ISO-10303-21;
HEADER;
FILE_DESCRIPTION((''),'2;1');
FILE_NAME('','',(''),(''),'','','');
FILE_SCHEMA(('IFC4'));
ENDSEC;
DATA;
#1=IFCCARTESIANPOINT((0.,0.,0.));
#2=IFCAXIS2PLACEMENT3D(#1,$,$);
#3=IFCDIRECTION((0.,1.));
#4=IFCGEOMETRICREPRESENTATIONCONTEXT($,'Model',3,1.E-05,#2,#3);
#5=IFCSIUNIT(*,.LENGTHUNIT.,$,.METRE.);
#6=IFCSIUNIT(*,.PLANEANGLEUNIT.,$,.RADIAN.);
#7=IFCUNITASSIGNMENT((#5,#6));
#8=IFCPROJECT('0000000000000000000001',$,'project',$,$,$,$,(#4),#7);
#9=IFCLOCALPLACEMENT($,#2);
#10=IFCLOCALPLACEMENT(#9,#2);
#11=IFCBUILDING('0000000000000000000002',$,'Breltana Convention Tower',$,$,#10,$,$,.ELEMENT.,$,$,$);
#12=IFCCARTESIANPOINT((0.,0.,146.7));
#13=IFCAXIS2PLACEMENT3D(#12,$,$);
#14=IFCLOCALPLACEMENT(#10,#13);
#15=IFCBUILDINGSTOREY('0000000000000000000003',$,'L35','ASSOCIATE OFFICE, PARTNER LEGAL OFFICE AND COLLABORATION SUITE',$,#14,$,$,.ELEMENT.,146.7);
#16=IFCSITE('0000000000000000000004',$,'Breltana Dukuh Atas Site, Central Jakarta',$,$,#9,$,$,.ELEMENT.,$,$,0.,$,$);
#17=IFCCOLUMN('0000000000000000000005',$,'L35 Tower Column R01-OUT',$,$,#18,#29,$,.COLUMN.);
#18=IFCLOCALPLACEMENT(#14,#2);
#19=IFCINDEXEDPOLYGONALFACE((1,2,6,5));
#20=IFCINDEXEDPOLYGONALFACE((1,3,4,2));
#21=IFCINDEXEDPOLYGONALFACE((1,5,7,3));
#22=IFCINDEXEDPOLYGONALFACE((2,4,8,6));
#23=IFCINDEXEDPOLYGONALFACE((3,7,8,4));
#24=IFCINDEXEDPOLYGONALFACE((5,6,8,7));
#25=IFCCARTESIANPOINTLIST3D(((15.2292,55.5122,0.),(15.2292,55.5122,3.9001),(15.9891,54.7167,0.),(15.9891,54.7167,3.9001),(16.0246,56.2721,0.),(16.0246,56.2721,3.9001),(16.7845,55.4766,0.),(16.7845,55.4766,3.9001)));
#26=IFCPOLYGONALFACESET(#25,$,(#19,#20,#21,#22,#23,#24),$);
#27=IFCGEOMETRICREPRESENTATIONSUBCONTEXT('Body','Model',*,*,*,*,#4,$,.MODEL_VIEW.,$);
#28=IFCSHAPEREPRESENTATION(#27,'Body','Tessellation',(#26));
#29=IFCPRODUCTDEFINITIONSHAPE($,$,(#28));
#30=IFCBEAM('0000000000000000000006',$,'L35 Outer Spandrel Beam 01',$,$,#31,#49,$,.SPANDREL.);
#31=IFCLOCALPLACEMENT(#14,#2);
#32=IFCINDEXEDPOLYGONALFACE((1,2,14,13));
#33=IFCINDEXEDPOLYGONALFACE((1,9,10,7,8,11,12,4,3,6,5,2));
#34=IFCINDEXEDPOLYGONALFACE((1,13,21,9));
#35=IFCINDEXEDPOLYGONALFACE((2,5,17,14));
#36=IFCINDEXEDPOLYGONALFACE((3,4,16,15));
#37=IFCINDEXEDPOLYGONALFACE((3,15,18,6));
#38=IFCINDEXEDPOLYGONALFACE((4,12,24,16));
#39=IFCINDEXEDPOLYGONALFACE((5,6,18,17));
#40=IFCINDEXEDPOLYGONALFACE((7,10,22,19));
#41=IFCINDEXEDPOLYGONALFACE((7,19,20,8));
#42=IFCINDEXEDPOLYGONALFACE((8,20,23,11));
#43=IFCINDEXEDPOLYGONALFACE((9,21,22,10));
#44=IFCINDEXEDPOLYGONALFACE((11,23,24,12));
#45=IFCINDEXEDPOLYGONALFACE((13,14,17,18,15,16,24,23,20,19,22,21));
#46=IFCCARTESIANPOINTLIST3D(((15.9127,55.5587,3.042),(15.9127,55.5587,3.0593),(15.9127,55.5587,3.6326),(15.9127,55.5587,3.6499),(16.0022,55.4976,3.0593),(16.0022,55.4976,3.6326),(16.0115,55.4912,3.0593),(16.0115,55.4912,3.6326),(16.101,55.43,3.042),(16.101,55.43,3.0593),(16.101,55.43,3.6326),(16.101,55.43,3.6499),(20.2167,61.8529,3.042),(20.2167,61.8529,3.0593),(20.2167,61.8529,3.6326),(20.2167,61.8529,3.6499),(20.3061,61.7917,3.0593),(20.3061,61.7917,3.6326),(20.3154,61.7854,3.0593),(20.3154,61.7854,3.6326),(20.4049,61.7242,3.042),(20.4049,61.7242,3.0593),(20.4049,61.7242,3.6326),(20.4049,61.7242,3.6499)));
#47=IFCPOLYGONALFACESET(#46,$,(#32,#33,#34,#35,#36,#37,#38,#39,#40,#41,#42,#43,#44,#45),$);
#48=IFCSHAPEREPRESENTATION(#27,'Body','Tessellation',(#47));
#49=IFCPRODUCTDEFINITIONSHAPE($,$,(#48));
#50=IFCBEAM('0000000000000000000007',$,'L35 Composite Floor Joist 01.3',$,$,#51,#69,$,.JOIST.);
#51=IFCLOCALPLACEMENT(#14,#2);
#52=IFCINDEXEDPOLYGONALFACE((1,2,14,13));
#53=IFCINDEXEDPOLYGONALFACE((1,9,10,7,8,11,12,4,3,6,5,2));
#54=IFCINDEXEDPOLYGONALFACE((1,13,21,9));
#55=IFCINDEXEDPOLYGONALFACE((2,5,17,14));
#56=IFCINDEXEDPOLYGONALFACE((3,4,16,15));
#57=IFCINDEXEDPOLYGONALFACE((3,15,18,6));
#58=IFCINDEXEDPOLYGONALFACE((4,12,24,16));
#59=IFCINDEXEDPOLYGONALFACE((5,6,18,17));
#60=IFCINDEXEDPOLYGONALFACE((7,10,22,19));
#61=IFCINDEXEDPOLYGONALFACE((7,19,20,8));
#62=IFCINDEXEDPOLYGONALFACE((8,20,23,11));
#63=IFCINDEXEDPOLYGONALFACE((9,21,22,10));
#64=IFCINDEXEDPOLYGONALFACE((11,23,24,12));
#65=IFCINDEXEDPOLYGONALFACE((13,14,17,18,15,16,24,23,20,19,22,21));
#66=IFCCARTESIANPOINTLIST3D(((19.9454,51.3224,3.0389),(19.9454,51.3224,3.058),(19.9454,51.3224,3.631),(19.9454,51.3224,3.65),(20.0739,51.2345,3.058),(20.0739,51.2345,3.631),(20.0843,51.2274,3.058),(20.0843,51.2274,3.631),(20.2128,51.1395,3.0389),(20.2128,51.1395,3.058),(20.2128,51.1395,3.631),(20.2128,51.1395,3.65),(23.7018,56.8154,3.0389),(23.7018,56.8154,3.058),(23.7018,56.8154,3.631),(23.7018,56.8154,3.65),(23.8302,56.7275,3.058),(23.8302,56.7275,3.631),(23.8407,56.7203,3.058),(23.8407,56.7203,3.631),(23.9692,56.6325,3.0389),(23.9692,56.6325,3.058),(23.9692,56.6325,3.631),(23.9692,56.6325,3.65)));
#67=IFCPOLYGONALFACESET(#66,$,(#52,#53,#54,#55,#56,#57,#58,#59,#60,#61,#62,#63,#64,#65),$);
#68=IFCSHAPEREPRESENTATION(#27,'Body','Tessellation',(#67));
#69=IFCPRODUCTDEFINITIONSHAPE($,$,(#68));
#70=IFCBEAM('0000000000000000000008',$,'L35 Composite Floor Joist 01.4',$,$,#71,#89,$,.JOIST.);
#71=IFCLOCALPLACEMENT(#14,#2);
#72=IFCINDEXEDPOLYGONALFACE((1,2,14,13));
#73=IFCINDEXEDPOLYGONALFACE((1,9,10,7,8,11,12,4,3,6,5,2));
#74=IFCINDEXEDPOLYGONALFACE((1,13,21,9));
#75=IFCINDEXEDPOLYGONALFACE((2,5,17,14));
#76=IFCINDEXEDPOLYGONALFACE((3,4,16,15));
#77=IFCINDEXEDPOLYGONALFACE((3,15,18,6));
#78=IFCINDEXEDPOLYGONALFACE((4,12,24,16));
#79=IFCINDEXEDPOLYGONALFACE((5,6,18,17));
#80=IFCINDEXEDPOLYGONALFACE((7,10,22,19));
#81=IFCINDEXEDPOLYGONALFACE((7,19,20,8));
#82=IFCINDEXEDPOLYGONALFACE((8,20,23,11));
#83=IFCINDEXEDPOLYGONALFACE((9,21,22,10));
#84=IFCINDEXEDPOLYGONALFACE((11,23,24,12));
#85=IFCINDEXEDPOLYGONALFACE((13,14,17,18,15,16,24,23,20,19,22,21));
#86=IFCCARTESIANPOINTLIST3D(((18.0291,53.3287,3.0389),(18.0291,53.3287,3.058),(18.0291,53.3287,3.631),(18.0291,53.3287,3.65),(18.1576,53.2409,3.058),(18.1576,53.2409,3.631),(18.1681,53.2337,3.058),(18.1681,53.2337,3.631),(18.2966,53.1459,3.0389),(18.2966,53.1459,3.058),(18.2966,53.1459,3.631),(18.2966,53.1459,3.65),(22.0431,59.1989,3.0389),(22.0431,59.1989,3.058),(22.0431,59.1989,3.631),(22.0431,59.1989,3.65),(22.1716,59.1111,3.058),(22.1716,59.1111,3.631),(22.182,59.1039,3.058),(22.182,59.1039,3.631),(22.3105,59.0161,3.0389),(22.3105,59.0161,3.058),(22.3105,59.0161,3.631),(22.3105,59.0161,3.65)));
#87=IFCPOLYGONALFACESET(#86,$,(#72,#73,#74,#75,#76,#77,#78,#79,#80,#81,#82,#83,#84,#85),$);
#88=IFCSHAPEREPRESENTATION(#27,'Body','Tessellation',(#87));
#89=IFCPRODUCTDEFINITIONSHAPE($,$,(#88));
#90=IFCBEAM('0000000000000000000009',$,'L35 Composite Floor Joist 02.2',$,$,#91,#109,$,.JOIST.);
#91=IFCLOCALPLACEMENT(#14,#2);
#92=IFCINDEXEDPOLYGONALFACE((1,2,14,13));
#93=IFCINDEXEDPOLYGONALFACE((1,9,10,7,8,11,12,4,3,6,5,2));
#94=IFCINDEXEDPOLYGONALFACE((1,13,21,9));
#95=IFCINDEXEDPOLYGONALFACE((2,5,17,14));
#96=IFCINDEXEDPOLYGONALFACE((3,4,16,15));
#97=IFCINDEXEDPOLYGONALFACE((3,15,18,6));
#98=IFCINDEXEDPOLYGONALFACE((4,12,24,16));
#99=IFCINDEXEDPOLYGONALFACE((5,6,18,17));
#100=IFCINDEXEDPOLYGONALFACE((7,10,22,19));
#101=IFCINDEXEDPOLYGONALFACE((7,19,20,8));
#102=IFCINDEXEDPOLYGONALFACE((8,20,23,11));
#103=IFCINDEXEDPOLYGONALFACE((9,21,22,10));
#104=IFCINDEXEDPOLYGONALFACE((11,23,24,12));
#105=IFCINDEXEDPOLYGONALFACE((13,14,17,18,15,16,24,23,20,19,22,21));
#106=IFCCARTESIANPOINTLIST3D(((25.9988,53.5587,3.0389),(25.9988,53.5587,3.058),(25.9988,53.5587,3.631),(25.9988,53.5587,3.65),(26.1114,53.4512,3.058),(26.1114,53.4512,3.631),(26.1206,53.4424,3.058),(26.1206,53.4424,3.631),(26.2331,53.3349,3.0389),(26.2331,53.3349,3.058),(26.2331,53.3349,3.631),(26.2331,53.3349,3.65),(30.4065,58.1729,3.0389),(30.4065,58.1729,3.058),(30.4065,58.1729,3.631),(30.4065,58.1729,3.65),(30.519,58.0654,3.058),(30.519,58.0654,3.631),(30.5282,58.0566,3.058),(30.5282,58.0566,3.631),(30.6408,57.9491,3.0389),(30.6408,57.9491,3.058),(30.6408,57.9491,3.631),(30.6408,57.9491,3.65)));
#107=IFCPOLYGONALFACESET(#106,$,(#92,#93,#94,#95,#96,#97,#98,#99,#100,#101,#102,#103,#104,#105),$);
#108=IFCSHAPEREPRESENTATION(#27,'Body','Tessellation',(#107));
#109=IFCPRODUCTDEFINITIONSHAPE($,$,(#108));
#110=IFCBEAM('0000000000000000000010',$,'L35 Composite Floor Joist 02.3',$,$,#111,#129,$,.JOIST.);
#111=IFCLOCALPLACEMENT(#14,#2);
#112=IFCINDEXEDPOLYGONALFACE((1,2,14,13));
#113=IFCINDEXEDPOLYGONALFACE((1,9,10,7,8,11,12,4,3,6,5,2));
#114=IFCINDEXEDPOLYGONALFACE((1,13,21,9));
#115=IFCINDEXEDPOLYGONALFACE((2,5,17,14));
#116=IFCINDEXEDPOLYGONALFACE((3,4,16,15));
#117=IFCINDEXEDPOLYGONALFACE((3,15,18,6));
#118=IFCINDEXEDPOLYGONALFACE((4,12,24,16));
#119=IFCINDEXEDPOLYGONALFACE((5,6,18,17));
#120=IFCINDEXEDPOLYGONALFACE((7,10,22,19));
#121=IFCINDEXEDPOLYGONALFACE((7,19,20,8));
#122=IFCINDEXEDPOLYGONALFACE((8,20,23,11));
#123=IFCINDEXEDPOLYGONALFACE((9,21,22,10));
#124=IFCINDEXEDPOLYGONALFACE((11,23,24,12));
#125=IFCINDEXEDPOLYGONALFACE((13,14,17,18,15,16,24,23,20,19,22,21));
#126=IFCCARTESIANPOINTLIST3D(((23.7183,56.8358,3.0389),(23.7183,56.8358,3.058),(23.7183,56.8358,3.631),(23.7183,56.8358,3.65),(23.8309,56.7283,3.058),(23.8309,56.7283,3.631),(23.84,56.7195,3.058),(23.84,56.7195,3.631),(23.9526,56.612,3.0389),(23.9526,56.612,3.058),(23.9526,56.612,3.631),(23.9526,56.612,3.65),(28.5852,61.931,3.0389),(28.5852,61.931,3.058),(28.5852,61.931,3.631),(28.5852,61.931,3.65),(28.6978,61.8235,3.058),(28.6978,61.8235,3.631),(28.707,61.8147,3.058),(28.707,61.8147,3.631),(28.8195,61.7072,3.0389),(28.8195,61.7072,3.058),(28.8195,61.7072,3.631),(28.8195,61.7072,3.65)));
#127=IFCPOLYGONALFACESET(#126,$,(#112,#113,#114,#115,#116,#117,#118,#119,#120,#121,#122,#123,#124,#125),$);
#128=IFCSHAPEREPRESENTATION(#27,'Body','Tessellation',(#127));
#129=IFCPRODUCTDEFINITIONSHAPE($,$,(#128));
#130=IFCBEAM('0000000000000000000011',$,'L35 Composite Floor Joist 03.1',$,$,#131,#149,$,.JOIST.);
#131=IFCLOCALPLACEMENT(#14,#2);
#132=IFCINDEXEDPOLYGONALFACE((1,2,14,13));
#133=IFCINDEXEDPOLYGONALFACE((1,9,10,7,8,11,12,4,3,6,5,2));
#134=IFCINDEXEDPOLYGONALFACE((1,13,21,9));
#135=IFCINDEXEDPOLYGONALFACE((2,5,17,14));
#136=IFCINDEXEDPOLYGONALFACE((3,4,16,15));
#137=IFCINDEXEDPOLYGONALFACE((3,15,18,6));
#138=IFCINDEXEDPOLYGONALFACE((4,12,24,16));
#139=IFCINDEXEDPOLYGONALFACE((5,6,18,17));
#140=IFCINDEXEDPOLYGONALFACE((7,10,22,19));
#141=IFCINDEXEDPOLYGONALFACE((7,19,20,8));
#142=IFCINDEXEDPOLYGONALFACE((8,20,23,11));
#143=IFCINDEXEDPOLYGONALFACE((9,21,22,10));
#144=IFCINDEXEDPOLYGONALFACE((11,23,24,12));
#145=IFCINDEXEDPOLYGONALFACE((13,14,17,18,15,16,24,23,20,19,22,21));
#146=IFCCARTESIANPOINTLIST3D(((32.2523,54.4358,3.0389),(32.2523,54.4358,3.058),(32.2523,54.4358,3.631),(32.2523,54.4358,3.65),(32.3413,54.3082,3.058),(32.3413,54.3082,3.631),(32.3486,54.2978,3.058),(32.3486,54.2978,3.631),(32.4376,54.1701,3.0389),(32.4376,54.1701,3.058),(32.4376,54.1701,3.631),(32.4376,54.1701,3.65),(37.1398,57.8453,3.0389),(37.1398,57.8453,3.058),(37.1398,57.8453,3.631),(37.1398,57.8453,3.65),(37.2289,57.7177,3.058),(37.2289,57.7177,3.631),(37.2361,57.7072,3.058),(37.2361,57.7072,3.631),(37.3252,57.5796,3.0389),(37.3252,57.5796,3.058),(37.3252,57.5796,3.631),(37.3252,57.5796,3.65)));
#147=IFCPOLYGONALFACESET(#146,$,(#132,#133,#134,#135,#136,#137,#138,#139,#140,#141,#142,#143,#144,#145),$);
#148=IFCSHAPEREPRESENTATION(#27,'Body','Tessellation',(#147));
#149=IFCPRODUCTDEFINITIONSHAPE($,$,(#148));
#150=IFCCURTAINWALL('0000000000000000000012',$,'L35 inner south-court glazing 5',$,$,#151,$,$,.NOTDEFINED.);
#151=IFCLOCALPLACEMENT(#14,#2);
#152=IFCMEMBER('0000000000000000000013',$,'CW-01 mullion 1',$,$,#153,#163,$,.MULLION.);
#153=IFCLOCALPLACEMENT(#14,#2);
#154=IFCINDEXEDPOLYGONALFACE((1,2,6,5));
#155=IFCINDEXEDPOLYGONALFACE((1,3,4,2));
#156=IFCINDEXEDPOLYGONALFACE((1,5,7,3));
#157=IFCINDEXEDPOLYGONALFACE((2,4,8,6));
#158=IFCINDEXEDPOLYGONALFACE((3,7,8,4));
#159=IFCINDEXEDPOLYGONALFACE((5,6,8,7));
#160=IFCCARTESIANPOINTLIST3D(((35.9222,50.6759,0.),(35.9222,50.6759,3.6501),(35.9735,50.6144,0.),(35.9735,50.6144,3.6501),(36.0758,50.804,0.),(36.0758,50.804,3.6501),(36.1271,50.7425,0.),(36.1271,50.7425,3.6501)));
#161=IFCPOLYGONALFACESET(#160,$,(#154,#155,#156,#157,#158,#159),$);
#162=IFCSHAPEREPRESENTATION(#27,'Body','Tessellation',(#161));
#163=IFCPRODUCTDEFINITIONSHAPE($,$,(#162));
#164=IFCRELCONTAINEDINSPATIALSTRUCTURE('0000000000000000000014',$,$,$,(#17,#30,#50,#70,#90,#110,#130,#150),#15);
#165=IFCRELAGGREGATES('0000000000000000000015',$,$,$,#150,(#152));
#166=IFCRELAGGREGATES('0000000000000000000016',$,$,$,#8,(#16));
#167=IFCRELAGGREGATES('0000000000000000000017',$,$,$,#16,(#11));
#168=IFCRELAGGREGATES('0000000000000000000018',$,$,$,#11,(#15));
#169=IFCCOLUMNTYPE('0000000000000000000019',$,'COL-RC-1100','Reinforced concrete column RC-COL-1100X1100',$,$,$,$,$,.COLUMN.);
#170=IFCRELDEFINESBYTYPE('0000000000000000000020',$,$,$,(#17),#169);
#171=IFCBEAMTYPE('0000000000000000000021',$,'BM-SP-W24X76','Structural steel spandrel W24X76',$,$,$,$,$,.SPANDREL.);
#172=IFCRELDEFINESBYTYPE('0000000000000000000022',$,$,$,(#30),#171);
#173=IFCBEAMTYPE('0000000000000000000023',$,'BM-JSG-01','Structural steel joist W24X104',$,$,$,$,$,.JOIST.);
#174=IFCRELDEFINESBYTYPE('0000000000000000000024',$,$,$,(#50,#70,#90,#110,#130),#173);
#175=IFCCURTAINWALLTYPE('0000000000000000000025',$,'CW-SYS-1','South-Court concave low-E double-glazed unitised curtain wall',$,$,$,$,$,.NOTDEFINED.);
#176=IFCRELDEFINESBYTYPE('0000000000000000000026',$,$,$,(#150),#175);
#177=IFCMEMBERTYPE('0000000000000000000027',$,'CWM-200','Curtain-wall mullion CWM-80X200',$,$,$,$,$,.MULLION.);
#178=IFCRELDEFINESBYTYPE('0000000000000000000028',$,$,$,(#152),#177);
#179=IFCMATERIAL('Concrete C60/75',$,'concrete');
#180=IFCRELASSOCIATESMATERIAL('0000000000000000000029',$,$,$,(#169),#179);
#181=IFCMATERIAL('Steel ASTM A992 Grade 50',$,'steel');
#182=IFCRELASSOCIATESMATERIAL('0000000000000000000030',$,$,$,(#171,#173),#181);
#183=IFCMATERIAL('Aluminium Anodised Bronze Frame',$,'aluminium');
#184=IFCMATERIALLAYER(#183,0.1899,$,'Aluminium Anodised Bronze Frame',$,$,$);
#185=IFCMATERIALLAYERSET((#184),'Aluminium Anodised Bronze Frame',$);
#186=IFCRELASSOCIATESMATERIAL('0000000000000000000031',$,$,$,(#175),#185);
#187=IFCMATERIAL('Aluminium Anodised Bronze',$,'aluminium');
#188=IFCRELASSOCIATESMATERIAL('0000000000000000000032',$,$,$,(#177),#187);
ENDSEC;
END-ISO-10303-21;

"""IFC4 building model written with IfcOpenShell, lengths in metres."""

from ifc_helpers import new_model, si_unit, direction, frame, origin, origin_2d, place, context, subcontext, project, spatial, rectangle, i_section, extrude, source, transform, mapped, material, layer, layer_set, material_profile, profile_set, type_object, type_shapes, element, aggregate, save


model = new_model("IFC4")

# Units and contexts
model_context = context("Model", 3, precision=1e-05, world=origin(), true_north=direction((0.0, 1.0)))
body_context = subcontext(model_context, "Body", "Model", "MODEL_VIEW")
ifc_project = project(units=[si_unit("LENGTHUNIT", "METRE"), si_unit("PLANEANGLEUNIT", "RADIAN")], contexts=[model_context])

# Site, building, storey
site_placement = place(None, origin())
site = spatial("IfcSite", under=ifc_project, at=site_placement, Name="Breltana Dukuh Atas Site, Central Jakarta", CompositionType="ELEMENT", RefElevation=0.0)
building_placement = place(site_placement, origin())
building = spatial("IfcBuilding", under=site, at=building_placement, Name="Breltana Convention Tower", CompositionType="ELEMENT")
storey_placement = place(building_placement, frame((0.0, 0.0, 146.7)))
storey = spatial("IfcBuildingStorey", under=building, at=storey_placement, Name="L35", Description="ASSOCIATE OFFICE, PARTNER LEGAL OFFICE AND COLLABORATION SUITE", CompositionType="ELEMENT", Elevation=146.7)

# Column
ifc_material_1 = material(Name="Concrete C60/75", Category="concrete")
ifc_material_profile_1 = material_profile(ifc_material_1, rectangle(XDim=1.1001, YDim=1.1001, at=origin_2d()), Name="RC-COL-1100X1100")
ifc_profile_set_1 = profile_set([ifc_material_profile_1], Name="Concrete C60/75")
column_type = type_object("IfcColumnType", Name="COL-RC-1100", Description="Reinforced concrete column RC-COL-1100X1100", PredefinedType="COLUMN", material=ifc_profile_set_1)
shared_shape_1 = source(origin(), body_context, "Body", "SweptSolid", [
    extrude(rectangle(XDim=1.1001, YDim=1.1001, at=origin_2d()), origin(), (0.0, 0.0, 1.0), 3.9001),
])
column_placement = place(storey_placement, frame((16.0068, 55.4944, 0.0), z_axis=(0.0, 0.0, 1.0), x_axis=(-0.690756, 0.723088, 0.0)))
element("IfcColumn", 1, at=column_placement, inside=storey, type_object=column_type, Name="L35 Tower Column R01-OUT", PredefinedType="COLUMN", context=body_context, shape_type="MappedRepresentation", body=[
    mapped(shared_shape_1, transform((0.0, 0.0, 0.0), scale=1.0)),
])

# Beams
ifc_material_2 = material(Name="Steel ASTM A992 Grade 50", Category="steel")
ifc_material_profile_2 = material_profile(ifc_material_2, i_section(OverallWidth=0.228, OverallDepth=0.6079, WebThickness=0.0112, FlangeThickness=0.0173, at=origin_2d()), Name="W24X76")
ifc_profile_set_2 = profile_set([ifc_material_profile_2], Name="Steel ASTM A992 Grade 50")
beam_type_1 = type_object("IfcBeamType", Name="BM-SP-W24X76", Description="Structural steel spandrel W24X76", PredefinedType="SPANDREL", material=ifc_profile_set_2)
shared_shape_2 = source(origin(), body_context, "Body", "SweptSolid", [
    extrude(i_section(OverallWidth=0.228, OverallDepth=0.6079, WebThickness=0.0112, FlangeThickness=0.0173, at=origin_2d()), origin(), (0.0, 0.0, 1.0), 7.625),
])
type_shapes(beam_type_1, [shared_shape_2])
beam_1_placement = place(storey_placement, frame((16.0068, 55.4944, 3.3459), z_axis=(0.564452, 0.825466, 0.0), x_axis=(-0.825466, 0.564452, 0.0)))
element("IfcBeam", 2, at=beam_1_placement, inside=storey, type_object=beam_type_1, Name="L35 Outer Spandrel Beam 01", PredefinedType="SPANDREL", context=body_context, shape_type="MappedRepresentation", body=[
    mapped(shared_shape_2, transform((0.0, 0.0, 0.0), scale=1.0)),
])
ifc_material_profile_3 = material_profile(ifc_material_2, i_section(OverallWidth=0.324, OverallDepth=0.6111, WebThickness=0.0127, FlangeThickness=0.019, at=origin_2d()), Name="W24X104")
ifc_profile_set_3 = profile_set([ifc_material_profile_3], Name="Steel ASTM A992 Grade 50")
beam_type_2 = type_object("IfcBeamType", Name="BM-JSG-01", Description="Structural steel joist W24X104", PredefinedType="JOIST", material=ifc_profile_set_3)
shared_shape_3 = source(origin(), body_context, "Body", "SweptSolid", [
    extrude(i_section(OverallWidth=0.324, OverallDepth=0.6111, WebThickness=0.0127, FlangeThickness=0.019, at=origin_2d()), origin(), (0.0, 0.0, 1.0), 6.6545),
])
beam_2_placement = place(storey_placement, frame((20.0791, 51.231, 3.3445), z_axis=(0.564483, 0.825445, 0.0), x_axis=(-0.825445, 0.564483, 0.0)))
element("IfcBeam", 3, at=beam_2_placement, inside=storey, type_object=beam_type_2, Name="L35 Composite Floor Joist 01.3", PredefinedType="JOIST", context=body_context, shape_type="MappedRepresentation", body=[
    mapped(shared_shape_3, transform((0.0, 0.0, 0.0), scale=1.0)),
])
shared_shape_4 = source(origin(), body_context, "Body", "SweptSolid", [
    extrude(i_section(OverallWidth=0.324, OverallDepth=0.6111, WebThickness=0.0127, FlangeThickness=0.019, at=origin_2d()), origin(), (0.0, 0.0, 1.0), 7.1113),
])
beam_3_placement = place(storey_placement, frame((18.1628, 53.2373, 3.3445), z_axis=(0.564446, 0.82547, 0.0), x_axis=(-0.82547, 0.564446, 0.0)))
element("IfcBeam", 4, at=beam_3_placement, inside=storey, type_object=beam_type_2, Name="L35 Composite Floor Joist 01.4", PredefinedType="JOIST", context=body_context, shape_type="MappedRepresentation", body=[
    mapped(shared_shape_4, transform((0.0, 0.0, 0.0), scale=1.0)),
])
shared_shape_5 = source(origin(), body_context, "Body", "SweptSolid", [
    extrude(i_section(OverallWidth=0.324, OverallDepth=0.6111, WebThickness=0.0127, FlangeThickness=0.019, at=origin_2d()), origin(), (0.0, 0.0, 1.0), 6.3811),
])
beam_4_placement = place(storey_placement, frame((26.116, 53.4468, 3.3445), z_axis=(0.690738, 0.723105, 0.0), x_axis=(-0.723105, 0.690738, 0.0)))
element("IfcBeam", 5, at=beam_4_placement, inside=storey, type_object=beam_type_2, Name="L35 Composite Floor Joist 02.2", PredefinedType="JOIST", context=body_context, shape_type="MappedRepresentation", body=[
    mapped(shared_shape_5, transform((0.0, 0.0, 0.0), scale=1.0)),
])
shared_shape_6 = source(origin(), body_context, "Body", "SweptSolid", [
    extrude(i_section(OverallWidth=0.324, OverallDepth=0.6111, WebThickness=0.0127, FlangeThickness=0.019, at=origin_2d()), origin(), (0.0, 0.0, 1.0), 7.0461),
])
beam_5_placement = place(storey_placement, frame((23.8354, 56.7239, 3.3445), z_axis=(0.690723, 0.72312, 0.0), x_axis=(-0.72312, 0.690723, 0.0)))
element("IfcBeam", 6, at=beam_5_placement, inside=storey, type_object=beam_type_2, Name="L35 Composite Floor Joist 02.3", PredefinedType="JOIST", context=body_context, shape_type="MappedRepresentation", body=[
    mapped(shared_shape_6, transform((0.0, 0.0, 0.0), scale=1.0)),
])
shared_shape_7 = source(origin(), body_context, "Body", "SweptSolid", [
    extrude(i_section(OverallWidth=0.324, OverallDepth=0.6111, WebThickness=0.0127, FlangeThickness=0.019, at=origin_2d()), origin(), (0.0, 0.0, 1.0), 5.9592),
])
beam_6_placement = place(storey_placement, frame((32.345, 54.303, 3.3445), z_axis=(0.82016, 0.572134, 0.0), x_axis=(-0.572134, 0.82016, 0.0)))
element("IfcBeam", 7, at=beam_6_placement, inside=storey, type_object=beam_type_2, Name="L35 Composite Floor Joist 03.1", PredefinedType="JOIST", context=body_context, shape_type="MappedRepresentation", body=[
    mapped(shared_shape_7, transform((0.0, 0.0, 0.0), scale=1.0)),
])

# Curtain wall, member
ifc_material_3 = material(Name="Aluminium Anodised Bronze Frame", Category="aluminium")
ifc_layer_1 = layer(ifc_material_3, 0.1899, Name="Aluminium Anodised Bronze Frame")
ifc_layer_set_1 = layer_set([ifc_layer_1], Name="Aluminium Anodised Bronze Frame")
curtain_wall_type_1 = type_object("IfcCurtainWallType", Name="CW-SYS-1", Description="South-Court concave low-E double-glazed unitised curtain wall", PredefinedType="NOTDEFINED", material=ifc_layer_set_1)
curtain_wall_1_placement = place(storey_placement, origin())
curtain_wall_1 = element("IfcCurtainWall", 8, at=curtain_wall_1_placement, inside=storey, type_object=curtain_wall_type_1, Name="L35 inner south-court glazing 5", PredefinedType="NOTDEFINED")
ifc_material_4 = material(Name="Aluminium Anodised Bronze", Category="aluminium")
ifc_material_profile_4 = material_profile(ifc_material_4, rectangle(XDim=0.0801, YDim=0.2, at=origin_2d()), Name="CWM-80X200")
ifc_profile_set_4 = profile_set([ifc_material_profile_4], Name="Aluminium Anodised Bronze")
member_type_1 = type_object("IfcMemberType", Name="CWM-200", Description="Curtain-wall mullion CWM-80X200", PredefinedType="MULLION", material=ifc_profile_set_4)
shared_shape_8 = source(origin(), body_context, "Body", "SweptSolid", [
    extrude(rectangle(XDim=0.0801, YDim=0.2, at=origin_2d()), origin(), (0.0, 0.0, 1.0), 3.6501),
])
member_1_placement = place(storey_placement, frame((36.0247, 50.7092, 0.0), z_axis=(0.0, 0.0, 1.0), x_axis=(0.640537, -0.767927, 0.0)))
member_1 = element("IfcMember", 9, at=member_1_placement, type_object=member_type_1, Name="CW-01 mullion 1", PredefinedType="MULLION", context=body_context, shape_type="MappedRepresentation", body=[
    mapped(shared_shape_8, transform((0.0, 0.0, 0.0), scale=1.0)),
])
aggregate(curtain_wall_1, [member_1])

save(model, "model.ifc")
